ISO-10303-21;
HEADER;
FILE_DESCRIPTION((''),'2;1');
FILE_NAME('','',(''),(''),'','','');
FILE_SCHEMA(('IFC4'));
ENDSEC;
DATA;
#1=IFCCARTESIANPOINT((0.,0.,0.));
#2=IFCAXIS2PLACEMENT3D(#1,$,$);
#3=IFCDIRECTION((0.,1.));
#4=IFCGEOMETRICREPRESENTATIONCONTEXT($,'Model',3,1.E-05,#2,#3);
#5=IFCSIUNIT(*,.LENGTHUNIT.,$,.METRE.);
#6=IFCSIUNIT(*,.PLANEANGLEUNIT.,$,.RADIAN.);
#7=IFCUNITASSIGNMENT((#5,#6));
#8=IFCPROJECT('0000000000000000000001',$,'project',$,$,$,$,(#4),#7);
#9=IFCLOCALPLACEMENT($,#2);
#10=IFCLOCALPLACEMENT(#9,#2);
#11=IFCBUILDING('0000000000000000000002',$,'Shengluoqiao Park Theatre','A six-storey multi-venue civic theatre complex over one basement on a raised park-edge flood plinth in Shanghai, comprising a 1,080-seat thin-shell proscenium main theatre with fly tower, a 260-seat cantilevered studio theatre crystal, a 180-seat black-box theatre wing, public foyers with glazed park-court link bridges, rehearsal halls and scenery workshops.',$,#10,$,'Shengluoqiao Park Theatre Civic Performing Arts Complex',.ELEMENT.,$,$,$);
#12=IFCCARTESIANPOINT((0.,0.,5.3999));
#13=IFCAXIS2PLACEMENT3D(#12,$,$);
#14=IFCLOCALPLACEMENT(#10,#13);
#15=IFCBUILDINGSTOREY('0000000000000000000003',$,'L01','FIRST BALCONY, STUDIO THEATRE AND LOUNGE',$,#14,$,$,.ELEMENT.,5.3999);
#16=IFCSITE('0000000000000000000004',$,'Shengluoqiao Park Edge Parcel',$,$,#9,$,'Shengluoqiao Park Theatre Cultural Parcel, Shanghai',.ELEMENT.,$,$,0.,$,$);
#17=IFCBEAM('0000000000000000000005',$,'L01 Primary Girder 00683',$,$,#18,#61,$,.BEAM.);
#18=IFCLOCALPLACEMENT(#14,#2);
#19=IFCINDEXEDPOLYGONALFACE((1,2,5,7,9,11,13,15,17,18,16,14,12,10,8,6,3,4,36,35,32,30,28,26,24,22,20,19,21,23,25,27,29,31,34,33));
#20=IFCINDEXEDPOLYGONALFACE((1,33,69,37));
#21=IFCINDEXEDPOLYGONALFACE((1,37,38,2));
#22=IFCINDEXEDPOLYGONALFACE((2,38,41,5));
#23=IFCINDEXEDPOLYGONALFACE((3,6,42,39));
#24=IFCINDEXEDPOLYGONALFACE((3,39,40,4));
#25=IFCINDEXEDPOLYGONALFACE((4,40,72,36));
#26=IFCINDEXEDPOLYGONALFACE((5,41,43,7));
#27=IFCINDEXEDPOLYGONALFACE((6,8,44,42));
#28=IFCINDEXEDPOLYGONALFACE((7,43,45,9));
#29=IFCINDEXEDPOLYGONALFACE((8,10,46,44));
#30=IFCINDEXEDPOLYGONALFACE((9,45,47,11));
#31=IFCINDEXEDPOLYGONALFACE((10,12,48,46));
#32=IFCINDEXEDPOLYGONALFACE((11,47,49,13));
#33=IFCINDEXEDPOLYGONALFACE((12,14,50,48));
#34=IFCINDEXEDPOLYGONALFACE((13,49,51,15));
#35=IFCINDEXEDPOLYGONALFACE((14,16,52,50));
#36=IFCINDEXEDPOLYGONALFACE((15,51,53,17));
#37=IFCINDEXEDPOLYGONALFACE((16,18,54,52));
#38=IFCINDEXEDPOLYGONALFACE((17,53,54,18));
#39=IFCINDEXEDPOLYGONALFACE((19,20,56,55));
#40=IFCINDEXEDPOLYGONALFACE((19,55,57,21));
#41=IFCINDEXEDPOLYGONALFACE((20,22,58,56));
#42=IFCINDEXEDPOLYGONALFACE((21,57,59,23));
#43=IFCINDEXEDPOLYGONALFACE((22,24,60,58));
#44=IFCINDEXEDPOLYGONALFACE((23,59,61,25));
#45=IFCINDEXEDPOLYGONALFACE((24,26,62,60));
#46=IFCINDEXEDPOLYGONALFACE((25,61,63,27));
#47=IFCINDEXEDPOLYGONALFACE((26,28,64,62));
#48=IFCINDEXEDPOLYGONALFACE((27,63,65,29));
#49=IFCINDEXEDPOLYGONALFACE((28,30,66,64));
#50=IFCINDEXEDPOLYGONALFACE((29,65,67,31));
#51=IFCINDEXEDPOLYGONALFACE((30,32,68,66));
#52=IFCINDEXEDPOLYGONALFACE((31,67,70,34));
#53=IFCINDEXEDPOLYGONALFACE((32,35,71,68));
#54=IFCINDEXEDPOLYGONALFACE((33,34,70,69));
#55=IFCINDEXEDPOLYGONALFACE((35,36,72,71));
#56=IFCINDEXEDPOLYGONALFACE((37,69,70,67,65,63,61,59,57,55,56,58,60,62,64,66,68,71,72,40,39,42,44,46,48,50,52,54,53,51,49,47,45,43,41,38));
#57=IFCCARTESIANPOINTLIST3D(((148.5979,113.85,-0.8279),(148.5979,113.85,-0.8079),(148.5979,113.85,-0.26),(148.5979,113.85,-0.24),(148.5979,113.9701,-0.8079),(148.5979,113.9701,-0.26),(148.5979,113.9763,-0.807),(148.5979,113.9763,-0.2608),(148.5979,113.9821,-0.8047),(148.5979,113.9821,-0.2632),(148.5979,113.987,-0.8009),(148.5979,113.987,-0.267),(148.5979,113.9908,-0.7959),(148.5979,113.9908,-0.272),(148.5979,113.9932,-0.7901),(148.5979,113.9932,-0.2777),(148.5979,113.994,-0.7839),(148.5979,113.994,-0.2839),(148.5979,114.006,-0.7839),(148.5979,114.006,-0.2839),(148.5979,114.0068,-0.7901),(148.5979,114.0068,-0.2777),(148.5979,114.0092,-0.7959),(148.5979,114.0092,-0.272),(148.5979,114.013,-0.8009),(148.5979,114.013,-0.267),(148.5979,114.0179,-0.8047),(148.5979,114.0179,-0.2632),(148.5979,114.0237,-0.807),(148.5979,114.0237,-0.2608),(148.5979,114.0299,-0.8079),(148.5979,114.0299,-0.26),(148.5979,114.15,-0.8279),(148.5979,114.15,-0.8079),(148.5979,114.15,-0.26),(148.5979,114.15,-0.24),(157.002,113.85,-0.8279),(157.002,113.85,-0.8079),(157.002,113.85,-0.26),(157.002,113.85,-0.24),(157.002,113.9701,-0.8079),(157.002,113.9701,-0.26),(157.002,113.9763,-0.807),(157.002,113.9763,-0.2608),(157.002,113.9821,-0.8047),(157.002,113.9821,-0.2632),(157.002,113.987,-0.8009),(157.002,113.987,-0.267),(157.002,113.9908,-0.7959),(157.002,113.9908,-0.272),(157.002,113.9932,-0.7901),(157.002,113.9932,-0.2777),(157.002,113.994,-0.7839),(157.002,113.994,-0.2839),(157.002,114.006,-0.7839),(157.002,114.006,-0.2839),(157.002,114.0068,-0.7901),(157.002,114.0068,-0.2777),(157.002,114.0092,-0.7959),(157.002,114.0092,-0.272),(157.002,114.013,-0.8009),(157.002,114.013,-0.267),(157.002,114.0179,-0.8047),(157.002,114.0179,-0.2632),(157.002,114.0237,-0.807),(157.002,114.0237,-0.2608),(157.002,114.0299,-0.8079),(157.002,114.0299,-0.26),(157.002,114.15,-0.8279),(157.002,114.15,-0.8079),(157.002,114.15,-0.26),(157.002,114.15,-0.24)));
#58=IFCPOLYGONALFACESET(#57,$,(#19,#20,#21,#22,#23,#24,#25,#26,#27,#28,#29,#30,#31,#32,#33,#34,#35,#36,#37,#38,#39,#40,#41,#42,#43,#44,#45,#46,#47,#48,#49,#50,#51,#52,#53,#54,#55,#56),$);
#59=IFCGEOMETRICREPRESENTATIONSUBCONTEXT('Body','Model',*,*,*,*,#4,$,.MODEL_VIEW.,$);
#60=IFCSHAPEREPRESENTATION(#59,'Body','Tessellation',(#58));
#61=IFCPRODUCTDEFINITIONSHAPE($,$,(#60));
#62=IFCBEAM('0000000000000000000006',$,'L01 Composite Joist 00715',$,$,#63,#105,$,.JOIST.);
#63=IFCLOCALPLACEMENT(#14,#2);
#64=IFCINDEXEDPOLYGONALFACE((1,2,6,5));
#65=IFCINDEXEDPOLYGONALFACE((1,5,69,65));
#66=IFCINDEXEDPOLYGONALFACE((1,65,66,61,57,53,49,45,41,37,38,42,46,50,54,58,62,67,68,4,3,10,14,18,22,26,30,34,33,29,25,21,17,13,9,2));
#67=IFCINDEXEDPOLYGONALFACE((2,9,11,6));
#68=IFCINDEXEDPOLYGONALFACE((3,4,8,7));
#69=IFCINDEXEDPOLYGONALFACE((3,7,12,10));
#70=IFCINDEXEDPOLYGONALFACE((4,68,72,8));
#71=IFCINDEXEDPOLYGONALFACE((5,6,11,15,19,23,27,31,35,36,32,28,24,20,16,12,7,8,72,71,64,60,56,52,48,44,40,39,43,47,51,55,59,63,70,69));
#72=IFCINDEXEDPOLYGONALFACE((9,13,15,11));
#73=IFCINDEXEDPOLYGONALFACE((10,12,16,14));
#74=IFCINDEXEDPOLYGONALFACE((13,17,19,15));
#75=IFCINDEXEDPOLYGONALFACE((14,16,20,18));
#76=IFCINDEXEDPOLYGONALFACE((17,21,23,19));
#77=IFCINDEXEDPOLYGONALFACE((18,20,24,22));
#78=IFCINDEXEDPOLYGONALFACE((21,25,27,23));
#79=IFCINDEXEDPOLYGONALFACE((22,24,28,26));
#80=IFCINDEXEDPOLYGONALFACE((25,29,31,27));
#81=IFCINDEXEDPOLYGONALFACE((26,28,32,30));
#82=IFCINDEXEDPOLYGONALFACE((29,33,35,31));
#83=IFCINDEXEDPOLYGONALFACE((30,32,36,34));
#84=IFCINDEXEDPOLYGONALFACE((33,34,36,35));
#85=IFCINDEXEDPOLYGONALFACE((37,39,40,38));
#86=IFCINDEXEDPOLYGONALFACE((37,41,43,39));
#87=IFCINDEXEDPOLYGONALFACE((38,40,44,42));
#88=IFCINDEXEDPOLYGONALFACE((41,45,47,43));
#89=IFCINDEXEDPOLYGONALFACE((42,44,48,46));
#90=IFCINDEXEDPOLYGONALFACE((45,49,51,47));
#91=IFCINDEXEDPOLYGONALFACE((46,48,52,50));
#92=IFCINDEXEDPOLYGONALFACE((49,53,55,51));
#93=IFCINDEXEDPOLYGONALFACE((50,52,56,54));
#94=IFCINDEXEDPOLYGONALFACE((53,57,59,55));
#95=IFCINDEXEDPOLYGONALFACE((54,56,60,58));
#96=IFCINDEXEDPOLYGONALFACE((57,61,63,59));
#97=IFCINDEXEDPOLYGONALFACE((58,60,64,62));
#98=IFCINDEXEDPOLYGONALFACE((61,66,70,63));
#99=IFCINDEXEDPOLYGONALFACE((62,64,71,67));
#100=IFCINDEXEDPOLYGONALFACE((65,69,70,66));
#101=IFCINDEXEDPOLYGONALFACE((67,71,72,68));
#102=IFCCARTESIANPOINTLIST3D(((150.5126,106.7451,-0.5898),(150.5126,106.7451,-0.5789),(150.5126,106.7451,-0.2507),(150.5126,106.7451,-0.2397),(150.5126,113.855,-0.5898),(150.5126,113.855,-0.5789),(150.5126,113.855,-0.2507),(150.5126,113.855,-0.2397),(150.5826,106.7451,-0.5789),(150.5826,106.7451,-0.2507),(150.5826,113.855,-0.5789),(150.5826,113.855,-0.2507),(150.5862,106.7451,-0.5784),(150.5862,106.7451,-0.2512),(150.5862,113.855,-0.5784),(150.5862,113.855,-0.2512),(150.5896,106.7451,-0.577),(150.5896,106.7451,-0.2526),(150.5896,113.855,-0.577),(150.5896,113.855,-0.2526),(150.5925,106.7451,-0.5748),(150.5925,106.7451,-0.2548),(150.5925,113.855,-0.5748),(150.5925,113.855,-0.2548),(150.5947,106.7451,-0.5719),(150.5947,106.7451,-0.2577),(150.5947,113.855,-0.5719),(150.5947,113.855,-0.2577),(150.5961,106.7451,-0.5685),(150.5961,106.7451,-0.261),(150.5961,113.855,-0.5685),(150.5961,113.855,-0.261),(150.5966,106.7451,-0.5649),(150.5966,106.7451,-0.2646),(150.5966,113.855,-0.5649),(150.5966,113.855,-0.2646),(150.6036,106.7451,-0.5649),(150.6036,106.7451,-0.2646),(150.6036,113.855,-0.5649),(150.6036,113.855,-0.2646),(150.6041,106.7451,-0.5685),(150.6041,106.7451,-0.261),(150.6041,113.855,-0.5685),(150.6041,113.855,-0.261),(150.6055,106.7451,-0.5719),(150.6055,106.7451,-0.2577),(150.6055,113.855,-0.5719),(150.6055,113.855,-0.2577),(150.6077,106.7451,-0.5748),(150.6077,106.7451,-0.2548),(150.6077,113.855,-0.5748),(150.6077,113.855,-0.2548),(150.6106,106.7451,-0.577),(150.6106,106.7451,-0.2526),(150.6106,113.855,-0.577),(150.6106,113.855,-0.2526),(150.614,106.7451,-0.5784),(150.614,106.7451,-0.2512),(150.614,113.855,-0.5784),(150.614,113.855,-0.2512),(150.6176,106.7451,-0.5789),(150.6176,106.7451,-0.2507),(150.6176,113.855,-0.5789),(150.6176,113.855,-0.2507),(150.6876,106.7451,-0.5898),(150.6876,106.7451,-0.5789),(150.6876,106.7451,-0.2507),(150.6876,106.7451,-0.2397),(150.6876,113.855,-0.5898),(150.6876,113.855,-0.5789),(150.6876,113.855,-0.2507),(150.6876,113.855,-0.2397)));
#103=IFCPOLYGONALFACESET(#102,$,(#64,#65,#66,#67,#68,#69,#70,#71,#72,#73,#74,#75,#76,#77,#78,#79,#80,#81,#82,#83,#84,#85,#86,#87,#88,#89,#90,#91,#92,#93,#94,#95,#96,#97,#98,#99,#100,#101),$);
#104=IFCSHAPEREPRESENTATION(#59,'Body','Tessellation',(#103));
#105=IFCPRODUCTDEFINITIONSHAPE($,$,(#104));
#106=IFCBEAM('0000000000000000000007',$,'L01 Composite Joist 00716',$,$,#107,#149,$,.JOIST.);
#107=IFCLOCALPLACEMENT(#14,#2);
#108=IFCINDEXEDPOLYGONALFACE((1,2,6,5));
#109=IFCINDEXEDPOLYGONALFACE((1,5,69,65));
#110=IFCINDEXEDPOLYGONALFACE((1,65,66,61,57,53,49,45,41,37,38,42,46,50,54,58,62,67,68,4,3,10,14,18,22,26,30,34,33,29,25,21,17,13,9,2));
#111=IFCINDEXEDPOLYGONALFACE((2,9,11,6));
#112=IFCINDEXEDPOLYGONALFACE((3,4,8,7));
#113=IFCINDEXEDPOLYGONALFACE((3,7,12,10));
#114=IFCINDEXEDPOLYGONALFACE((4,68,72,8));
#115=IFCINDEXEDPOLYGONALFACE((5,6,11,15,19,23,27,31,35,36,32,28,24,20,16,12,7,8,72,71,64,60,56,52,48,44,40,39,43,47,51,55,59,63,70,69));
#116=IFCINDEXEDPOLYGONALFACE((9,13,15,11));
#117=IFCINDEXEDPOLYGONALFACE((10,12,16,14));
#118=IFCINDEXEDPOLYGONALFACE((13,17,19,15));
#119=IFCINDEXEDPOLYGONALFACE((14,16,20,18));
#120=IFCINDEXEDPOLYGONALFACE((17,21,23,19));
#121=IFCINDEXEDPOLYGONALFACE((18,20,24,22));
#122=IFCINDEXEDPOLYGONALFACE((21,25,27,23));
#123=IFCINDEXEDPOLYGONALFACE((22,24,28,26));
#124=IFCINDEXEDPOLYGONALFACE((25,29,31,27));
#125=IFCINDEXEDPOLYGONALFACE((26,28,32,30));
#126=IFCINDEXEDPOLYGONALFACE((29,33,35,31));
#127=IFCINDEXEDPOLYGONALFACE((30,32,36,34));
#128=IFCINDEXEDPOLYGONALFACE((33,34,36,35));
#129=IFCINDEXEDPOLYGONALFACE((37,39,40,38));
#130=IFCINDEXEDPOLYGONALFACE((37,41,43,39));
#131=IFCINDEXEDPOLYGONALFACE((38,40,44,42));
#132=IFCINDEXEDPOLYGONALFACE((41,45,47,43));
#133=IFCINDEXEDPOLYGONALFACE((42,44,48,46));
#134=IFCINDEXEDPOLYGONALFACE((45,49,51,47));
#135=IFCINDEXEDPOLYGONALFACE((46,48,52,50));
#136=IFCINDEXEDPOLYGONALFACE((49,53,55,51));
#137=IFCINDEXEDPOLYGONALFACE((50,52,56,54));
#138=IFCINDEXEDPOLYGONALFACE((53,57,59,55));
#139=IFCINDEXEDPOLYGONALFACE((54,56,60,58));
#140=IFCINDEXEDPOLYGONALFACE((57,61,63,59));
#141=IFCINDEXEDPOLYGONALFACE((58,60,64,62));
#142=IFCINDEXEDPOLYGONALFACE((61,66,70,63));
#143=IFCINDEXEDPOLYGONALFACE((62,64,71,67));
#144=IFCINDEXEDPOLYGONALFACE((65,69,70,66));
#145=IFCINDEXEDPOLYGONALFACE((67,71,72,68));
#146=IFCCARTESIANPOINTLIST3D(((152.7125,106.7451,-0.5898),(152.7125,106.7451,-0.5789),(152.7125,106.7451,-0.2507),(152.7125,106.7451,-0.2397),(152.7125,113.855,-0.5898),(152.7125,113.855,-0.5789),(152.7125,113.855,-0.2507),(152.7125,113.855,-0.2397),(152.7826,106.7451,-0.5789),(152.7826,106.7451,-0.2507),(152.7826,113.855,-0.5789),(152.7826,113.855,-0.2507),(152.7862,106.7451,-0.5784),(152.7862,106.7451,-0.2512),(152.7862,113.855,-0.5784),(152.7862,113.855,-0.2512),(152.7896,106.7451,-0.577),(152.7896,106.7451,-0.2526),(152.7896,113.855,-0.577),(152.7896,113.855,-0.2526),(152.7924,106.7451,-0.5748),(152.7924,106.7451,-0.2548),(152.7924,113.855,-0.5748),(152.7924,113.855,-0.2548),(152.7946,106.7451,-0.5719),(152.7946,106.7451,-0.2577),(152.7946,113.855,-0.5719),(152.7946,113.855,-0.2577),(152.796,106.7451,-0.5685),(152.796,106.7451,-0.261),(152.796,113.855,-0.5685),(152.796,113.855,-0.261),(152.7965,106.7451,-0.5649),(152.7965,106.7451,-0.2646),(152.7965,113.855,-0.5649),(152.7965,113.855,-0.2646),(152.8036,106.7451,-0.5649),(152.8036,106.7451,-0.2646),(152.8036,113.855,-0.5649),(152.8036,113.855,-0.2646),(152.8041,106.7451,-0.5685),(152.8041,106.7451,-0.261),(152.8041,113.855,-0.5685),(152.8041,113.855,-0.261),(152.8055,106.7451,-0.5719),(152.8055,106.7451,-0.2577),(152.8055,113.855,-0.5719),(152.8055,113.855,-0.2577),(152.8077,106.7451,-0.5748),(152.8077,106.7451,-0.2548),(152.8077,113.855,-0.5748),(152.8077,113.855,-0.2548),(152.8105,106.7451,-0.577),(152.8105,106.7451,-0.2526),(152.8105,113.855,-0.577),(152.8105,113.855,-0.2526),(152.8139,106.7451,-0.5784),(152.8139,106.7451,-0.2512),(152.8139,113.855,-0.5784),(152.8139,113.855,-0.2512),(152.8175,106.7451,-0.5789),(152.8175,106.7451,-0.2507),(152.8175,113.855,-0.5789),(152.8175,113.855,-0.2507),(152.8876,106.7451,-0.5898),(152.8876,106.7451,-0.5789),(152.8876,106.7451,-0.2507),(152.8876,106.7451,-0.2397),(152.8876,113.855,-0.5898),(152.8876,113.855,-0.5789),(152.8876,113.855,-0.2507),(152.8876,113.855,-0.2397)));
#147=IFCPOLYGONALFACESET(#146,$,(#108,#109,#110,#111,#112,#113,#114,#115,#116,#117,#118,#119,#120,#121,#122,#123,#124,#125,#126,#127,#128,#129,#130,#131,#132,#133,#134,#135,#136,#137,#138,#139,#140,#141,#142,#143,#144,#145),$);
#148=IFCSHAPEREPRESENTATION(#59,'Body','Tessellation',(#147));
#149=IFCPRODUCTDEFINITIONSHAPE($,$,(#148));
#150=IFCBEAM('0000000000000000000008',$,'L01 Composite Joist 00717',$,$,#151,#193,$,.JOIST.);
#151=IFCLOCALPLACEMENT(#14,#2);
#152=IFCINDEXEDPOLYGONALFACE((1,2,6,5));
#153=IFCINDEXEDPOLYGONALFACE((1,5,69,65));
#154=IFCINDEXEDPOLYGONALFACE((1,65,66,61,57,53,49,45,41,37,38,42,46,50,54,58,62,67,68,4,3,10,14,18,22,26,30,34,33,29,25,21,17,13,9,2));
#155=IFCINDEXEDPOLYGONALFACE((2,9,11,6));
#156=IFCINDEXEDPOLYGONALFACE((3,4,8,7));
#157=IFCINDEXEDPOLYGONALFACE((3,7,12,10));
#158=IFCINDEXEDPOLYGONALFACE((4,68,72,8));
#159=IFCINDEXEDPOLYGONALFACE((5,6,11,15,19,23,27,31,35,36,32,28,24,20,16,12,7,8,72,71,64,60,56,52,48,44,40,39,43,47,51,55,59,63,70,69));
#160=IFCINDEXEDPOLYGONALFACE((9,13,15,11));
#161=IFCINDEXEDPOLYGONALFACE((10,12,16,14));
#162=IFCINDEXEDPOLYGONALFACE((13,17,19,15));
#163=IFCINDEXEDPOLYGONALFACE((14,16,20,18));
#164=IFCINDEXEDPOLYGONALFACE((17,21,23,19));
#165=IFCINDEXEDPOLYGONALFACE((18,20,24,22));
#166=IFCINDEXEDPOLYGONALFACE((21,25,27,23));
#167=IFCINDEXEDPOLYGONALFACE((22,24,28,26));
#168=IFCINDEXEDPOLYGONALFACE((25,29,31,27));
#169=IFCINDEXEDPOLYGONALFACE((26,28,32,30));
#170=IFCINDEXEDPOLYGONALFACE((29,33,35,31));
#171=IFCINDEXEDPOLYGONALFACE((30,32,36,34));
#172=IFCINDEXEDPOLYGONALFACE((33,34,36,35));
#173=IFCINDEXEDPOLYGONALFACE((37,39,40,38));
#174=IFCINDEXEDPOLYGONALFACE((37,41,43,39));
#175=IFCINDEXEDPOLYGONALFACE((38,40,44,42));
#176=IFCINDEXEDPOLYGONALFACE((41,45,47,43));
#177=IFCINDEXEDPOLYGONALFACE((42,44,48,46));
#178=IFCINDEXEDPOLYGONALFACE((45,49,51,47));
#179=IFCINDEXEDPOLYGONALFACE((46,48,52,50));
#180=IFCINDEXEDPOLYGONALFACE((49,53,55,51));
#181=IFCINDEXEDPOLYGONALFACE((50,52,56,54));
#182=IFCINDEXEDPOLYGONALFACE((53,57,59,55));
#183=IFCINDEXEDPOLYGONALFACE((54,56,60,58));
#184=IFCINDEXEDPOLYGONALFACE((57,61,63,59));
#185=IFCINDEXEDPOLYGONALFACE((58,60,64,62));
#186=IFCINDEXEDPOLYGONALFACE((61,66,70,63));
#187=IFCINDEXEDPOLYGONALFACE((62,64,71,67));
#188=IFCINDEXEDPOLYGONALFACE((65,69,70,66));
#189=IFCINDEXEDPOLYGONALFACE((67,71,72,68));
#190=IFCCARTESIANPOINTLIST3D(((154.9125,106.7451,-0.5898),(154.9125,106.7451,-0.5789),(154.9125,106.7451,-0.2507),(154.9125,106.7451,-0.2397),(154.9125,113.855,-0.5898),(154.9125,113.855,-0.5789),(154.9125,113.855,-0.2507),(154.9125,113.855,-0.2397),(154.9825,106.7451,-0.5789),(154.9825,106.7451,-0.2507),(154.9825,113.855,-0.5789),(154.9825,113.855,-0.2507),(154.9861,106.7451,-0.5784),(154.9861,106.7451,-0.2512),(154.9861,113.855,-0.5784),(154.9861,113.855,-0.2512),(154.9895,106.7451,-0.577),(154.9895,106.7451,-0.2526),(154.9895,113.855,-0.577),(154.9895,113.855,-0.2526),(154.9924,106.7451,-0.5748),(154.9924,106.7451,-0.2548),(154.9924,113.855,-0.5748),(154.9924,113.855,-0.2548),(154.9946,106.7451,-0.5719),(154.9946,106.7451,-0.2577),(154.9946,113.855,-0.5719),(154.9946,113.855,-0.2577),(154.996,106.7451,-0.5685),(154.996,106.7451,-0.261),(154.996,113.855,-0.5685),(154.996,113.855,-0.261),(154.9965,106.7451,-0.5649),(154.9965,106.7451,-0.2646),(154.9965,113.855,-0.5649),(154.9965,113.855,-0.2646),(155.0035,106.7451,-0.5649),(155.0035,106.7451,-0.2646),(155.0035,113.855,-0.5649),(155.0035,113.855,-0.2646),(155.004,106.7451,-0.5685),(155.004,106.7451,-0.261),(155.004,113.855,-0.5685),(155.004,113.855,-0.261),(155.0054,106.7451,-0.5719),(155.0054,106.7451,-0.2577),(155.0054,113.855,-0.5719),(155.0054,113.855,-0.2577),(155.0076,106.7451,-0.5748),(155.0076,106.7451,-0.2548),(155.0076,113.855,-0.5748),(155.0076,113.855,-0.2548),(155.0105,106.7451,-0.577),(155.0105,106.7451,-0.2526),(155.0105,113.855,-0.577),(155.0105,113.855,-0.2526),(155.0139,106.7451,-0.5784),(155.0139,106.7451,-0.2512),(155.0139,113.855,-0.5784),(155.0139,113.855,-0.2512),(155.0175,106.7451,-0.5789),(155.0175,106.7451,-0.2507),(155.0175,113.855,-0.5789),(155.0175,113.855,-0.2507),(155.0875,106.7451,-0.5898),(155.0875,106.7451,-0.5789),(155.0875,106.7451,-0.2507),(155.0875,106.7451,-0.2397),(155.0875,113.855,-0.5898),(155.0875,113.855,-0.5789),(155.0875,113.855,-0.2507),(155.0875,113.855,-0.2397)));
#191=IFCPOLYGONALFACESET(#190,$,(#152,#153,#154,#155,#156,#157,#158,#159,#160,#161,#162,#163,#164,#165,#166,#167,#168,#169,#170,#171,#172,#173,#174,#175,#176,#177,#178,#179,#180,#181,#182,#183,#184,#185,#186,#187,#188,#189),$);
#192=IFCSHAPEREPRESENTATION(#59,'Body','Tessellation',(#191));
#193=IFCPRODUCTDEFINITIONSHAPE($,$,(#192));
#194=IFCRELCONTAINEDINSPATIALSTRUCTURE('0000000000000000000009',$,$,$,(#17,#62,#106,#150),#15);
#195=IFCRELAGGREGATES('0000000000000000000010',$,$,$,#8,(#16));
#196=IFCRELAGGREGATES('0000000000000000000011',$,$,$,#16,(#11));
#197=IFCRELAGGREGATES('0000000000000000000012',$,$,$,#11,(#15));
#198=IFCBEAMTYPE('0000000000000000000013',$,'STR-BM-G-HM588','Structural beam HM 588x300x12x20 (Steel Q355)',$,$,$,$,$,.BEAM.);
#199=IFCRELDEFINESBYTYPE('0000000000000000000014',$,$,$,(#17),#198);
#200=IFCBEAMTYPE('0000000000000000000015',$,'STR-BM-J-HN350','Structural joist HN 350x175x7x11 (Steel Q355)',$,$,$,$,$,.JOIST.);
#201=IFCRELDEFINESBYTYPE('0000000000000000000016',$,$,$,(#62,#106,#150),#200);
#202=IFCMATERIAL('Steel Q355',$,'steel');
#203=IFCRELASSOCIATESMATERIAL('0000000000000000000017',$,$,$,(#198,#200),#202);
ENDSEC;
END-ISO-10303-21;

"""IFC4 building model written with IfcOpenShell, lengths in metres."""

from ifc_helpers import new_model, si_unit, direction, frame, origin, origin_2d, place, context, subcontext, project, spatial, i_section, extrude, material, material_profile, profile_set, type_object, element, save


model = new_model("IFC4")

# Units and contexts
model_context = context("Model", 3, precision=1e-05, world=origin(), true_north=direction((0.0, 1.0)))
body_context = subcontext(model_context, "Body", "Model", "MODEL_VIEW")
ifc_project = project(units=[si_unit("LENGTHUNIT", "METRE"), si_unit("PLANEANGLEUNIT", "RADIAN")], contexts=[model_context])

# Site, building, storey
site_placement = place(None, origin())
site = spatial("IfcSite", under=ifc_project, at=site_placement, Name="Shengluoqiao Park Edge Parcel", LongName="Shengluoqiao Park Theatre Cultural Parcel, Shanghai", CompositionType="ELEMENT", RefElevation=0.0)
building_placement = place(site_placement, origin())
building = spatial("IfcBuilding", under=site, at=building_placement, Name="Shengluoqiao Park Theatre", Description="A six-storey multi-venue civic theatre complex over one basement on a raised park-edge flood plinth in Shanghai, comprising a 1,080-seat thin-shell proscenium main theatre with fly tower, a 260-seat cantilevered studio theatre crystal, a 180-seat black-box theatre wing, public foyers with glazed park-court link bridges, rehearsal halls and scenery workshops.", LongName="Shengluoqiao Park Theatre Civic Performing Arts Complex", CompositionType="ELEMENT")
storey_placement = place(building_placement, frame((0.0, 0.0, 5.3999)))
storey = spatial("IfcBuildingStorey", under=building, at=storey_placement, Name="L01", Description="FIRST BALCONY, STUDIO THEATRE AND LOUNGE", CompositionType="ELEMENT", Elevation=5.3999)

# Beams
ifc_material_1 = material(Name="Steel Q355", Category="steel")
ifc_material_profile_1 = material_profile(ifc_material_1, i_section(OverallWidth=0.3, OverallDepth=0.5879, WebThickness=0.012, FlangeThickness=0.02, FilletRadius=0.0239, at=origin_2d()), Name="HM 588x300x12x20")
ifc_profile_set_1 = profile_set([ifc_material_profile_1], Name="Steel Q355")
beam_type_1 = type_object("IfcBeamType", Name="STR-BM-G-HM588", Description="Structural beam HM 588x300x12x20 (Steel Q355)", PredefinedType="BEAM", material=ifc_profile_set_1)
for number, where, z_axis, x_axis, name in (
    (1, (148.5979, 114.0, -0.5339), (1.0, 0.0, 0.0), (0.0, 1.0, 0.0), "L01 Primary Girder 00683"),
):
    element("IfcBeam", number, at=place(storey_placement, frame(where, z_axis=z_axis, x_axis=x_axis)), inside=storey, type_object=beam_type_1, Name=name, PredefinedType="BEAM", context=body_context, shape_type="SweptSolid", body=[
        extrude(i_section(OverallWidth=0.3, OverallDepth=0.5879, WebThickness=0.012, FlangeThickness=0.02, FilletRadius=0.0239, at=origin_2d()), origin(), (0.0, 0.0, 1.0), 8.4041),
    ])
ifc_material_profile_2 = material_profile(ifc_material_1, i_section(OverallWidth=0.175, OverallDepth=0.3501, WebThickness=0.0071, FlangeThickness=0.011, FilletRadius=0.0139, at=origin_2d()), Name="HN 350x175x7x11")
ifc_profile_set_2 = profile_set([ifc_material_profile_2], Name="Steel Q355")
beam_type_2 = type_object("IfcBeamType", Name="STR-BM-J-HN350", Description="Structural joist HN 350x175x7x11 (Steel Q355)", PredefinedType="JOIST", material=ifc_profile_set_2)
for number, where, z_axis, x_axis, name in (
    (2, (150.6001, 106.7451, -0.4148), (0.0, 1.0, 0.0), (-1.0, 0.0, 0.0), "L01 Composite Joist 00715"),
    (3, (152.8, 106.7451, -0.4148), (0.0, 1.0, 0.0), (-1.0, 0.0, 0.0), "L01 Composite Joist 00716"),
    (4, (155.0, 106.7451, -0.4148), (0.0, 1.0, 0.0), (-1.0, 0.0, 0.0), "L01 Composite Joist 00717"),
):
    element("IfcBeam", number, at=place(storey_placement, frame(where, z_axis=z_axis, x_axis=x_axis)), inside=storey, type_object=beam_type_2, Name=name, PredefinedType="JOIST", context=body_context, shape_type="SweptSolid", body=[
        extrude(i_section(OverallWidth=0.175, OverallDepth=0.3501, WebThickness=0.0071, FlangeThickness=0.011, FilletRadius=0.0139, at=origin_2d()), origin(), (0.0, 0.0, 1.0), 7.1099),
    ])

save(model, "model.ifc")
